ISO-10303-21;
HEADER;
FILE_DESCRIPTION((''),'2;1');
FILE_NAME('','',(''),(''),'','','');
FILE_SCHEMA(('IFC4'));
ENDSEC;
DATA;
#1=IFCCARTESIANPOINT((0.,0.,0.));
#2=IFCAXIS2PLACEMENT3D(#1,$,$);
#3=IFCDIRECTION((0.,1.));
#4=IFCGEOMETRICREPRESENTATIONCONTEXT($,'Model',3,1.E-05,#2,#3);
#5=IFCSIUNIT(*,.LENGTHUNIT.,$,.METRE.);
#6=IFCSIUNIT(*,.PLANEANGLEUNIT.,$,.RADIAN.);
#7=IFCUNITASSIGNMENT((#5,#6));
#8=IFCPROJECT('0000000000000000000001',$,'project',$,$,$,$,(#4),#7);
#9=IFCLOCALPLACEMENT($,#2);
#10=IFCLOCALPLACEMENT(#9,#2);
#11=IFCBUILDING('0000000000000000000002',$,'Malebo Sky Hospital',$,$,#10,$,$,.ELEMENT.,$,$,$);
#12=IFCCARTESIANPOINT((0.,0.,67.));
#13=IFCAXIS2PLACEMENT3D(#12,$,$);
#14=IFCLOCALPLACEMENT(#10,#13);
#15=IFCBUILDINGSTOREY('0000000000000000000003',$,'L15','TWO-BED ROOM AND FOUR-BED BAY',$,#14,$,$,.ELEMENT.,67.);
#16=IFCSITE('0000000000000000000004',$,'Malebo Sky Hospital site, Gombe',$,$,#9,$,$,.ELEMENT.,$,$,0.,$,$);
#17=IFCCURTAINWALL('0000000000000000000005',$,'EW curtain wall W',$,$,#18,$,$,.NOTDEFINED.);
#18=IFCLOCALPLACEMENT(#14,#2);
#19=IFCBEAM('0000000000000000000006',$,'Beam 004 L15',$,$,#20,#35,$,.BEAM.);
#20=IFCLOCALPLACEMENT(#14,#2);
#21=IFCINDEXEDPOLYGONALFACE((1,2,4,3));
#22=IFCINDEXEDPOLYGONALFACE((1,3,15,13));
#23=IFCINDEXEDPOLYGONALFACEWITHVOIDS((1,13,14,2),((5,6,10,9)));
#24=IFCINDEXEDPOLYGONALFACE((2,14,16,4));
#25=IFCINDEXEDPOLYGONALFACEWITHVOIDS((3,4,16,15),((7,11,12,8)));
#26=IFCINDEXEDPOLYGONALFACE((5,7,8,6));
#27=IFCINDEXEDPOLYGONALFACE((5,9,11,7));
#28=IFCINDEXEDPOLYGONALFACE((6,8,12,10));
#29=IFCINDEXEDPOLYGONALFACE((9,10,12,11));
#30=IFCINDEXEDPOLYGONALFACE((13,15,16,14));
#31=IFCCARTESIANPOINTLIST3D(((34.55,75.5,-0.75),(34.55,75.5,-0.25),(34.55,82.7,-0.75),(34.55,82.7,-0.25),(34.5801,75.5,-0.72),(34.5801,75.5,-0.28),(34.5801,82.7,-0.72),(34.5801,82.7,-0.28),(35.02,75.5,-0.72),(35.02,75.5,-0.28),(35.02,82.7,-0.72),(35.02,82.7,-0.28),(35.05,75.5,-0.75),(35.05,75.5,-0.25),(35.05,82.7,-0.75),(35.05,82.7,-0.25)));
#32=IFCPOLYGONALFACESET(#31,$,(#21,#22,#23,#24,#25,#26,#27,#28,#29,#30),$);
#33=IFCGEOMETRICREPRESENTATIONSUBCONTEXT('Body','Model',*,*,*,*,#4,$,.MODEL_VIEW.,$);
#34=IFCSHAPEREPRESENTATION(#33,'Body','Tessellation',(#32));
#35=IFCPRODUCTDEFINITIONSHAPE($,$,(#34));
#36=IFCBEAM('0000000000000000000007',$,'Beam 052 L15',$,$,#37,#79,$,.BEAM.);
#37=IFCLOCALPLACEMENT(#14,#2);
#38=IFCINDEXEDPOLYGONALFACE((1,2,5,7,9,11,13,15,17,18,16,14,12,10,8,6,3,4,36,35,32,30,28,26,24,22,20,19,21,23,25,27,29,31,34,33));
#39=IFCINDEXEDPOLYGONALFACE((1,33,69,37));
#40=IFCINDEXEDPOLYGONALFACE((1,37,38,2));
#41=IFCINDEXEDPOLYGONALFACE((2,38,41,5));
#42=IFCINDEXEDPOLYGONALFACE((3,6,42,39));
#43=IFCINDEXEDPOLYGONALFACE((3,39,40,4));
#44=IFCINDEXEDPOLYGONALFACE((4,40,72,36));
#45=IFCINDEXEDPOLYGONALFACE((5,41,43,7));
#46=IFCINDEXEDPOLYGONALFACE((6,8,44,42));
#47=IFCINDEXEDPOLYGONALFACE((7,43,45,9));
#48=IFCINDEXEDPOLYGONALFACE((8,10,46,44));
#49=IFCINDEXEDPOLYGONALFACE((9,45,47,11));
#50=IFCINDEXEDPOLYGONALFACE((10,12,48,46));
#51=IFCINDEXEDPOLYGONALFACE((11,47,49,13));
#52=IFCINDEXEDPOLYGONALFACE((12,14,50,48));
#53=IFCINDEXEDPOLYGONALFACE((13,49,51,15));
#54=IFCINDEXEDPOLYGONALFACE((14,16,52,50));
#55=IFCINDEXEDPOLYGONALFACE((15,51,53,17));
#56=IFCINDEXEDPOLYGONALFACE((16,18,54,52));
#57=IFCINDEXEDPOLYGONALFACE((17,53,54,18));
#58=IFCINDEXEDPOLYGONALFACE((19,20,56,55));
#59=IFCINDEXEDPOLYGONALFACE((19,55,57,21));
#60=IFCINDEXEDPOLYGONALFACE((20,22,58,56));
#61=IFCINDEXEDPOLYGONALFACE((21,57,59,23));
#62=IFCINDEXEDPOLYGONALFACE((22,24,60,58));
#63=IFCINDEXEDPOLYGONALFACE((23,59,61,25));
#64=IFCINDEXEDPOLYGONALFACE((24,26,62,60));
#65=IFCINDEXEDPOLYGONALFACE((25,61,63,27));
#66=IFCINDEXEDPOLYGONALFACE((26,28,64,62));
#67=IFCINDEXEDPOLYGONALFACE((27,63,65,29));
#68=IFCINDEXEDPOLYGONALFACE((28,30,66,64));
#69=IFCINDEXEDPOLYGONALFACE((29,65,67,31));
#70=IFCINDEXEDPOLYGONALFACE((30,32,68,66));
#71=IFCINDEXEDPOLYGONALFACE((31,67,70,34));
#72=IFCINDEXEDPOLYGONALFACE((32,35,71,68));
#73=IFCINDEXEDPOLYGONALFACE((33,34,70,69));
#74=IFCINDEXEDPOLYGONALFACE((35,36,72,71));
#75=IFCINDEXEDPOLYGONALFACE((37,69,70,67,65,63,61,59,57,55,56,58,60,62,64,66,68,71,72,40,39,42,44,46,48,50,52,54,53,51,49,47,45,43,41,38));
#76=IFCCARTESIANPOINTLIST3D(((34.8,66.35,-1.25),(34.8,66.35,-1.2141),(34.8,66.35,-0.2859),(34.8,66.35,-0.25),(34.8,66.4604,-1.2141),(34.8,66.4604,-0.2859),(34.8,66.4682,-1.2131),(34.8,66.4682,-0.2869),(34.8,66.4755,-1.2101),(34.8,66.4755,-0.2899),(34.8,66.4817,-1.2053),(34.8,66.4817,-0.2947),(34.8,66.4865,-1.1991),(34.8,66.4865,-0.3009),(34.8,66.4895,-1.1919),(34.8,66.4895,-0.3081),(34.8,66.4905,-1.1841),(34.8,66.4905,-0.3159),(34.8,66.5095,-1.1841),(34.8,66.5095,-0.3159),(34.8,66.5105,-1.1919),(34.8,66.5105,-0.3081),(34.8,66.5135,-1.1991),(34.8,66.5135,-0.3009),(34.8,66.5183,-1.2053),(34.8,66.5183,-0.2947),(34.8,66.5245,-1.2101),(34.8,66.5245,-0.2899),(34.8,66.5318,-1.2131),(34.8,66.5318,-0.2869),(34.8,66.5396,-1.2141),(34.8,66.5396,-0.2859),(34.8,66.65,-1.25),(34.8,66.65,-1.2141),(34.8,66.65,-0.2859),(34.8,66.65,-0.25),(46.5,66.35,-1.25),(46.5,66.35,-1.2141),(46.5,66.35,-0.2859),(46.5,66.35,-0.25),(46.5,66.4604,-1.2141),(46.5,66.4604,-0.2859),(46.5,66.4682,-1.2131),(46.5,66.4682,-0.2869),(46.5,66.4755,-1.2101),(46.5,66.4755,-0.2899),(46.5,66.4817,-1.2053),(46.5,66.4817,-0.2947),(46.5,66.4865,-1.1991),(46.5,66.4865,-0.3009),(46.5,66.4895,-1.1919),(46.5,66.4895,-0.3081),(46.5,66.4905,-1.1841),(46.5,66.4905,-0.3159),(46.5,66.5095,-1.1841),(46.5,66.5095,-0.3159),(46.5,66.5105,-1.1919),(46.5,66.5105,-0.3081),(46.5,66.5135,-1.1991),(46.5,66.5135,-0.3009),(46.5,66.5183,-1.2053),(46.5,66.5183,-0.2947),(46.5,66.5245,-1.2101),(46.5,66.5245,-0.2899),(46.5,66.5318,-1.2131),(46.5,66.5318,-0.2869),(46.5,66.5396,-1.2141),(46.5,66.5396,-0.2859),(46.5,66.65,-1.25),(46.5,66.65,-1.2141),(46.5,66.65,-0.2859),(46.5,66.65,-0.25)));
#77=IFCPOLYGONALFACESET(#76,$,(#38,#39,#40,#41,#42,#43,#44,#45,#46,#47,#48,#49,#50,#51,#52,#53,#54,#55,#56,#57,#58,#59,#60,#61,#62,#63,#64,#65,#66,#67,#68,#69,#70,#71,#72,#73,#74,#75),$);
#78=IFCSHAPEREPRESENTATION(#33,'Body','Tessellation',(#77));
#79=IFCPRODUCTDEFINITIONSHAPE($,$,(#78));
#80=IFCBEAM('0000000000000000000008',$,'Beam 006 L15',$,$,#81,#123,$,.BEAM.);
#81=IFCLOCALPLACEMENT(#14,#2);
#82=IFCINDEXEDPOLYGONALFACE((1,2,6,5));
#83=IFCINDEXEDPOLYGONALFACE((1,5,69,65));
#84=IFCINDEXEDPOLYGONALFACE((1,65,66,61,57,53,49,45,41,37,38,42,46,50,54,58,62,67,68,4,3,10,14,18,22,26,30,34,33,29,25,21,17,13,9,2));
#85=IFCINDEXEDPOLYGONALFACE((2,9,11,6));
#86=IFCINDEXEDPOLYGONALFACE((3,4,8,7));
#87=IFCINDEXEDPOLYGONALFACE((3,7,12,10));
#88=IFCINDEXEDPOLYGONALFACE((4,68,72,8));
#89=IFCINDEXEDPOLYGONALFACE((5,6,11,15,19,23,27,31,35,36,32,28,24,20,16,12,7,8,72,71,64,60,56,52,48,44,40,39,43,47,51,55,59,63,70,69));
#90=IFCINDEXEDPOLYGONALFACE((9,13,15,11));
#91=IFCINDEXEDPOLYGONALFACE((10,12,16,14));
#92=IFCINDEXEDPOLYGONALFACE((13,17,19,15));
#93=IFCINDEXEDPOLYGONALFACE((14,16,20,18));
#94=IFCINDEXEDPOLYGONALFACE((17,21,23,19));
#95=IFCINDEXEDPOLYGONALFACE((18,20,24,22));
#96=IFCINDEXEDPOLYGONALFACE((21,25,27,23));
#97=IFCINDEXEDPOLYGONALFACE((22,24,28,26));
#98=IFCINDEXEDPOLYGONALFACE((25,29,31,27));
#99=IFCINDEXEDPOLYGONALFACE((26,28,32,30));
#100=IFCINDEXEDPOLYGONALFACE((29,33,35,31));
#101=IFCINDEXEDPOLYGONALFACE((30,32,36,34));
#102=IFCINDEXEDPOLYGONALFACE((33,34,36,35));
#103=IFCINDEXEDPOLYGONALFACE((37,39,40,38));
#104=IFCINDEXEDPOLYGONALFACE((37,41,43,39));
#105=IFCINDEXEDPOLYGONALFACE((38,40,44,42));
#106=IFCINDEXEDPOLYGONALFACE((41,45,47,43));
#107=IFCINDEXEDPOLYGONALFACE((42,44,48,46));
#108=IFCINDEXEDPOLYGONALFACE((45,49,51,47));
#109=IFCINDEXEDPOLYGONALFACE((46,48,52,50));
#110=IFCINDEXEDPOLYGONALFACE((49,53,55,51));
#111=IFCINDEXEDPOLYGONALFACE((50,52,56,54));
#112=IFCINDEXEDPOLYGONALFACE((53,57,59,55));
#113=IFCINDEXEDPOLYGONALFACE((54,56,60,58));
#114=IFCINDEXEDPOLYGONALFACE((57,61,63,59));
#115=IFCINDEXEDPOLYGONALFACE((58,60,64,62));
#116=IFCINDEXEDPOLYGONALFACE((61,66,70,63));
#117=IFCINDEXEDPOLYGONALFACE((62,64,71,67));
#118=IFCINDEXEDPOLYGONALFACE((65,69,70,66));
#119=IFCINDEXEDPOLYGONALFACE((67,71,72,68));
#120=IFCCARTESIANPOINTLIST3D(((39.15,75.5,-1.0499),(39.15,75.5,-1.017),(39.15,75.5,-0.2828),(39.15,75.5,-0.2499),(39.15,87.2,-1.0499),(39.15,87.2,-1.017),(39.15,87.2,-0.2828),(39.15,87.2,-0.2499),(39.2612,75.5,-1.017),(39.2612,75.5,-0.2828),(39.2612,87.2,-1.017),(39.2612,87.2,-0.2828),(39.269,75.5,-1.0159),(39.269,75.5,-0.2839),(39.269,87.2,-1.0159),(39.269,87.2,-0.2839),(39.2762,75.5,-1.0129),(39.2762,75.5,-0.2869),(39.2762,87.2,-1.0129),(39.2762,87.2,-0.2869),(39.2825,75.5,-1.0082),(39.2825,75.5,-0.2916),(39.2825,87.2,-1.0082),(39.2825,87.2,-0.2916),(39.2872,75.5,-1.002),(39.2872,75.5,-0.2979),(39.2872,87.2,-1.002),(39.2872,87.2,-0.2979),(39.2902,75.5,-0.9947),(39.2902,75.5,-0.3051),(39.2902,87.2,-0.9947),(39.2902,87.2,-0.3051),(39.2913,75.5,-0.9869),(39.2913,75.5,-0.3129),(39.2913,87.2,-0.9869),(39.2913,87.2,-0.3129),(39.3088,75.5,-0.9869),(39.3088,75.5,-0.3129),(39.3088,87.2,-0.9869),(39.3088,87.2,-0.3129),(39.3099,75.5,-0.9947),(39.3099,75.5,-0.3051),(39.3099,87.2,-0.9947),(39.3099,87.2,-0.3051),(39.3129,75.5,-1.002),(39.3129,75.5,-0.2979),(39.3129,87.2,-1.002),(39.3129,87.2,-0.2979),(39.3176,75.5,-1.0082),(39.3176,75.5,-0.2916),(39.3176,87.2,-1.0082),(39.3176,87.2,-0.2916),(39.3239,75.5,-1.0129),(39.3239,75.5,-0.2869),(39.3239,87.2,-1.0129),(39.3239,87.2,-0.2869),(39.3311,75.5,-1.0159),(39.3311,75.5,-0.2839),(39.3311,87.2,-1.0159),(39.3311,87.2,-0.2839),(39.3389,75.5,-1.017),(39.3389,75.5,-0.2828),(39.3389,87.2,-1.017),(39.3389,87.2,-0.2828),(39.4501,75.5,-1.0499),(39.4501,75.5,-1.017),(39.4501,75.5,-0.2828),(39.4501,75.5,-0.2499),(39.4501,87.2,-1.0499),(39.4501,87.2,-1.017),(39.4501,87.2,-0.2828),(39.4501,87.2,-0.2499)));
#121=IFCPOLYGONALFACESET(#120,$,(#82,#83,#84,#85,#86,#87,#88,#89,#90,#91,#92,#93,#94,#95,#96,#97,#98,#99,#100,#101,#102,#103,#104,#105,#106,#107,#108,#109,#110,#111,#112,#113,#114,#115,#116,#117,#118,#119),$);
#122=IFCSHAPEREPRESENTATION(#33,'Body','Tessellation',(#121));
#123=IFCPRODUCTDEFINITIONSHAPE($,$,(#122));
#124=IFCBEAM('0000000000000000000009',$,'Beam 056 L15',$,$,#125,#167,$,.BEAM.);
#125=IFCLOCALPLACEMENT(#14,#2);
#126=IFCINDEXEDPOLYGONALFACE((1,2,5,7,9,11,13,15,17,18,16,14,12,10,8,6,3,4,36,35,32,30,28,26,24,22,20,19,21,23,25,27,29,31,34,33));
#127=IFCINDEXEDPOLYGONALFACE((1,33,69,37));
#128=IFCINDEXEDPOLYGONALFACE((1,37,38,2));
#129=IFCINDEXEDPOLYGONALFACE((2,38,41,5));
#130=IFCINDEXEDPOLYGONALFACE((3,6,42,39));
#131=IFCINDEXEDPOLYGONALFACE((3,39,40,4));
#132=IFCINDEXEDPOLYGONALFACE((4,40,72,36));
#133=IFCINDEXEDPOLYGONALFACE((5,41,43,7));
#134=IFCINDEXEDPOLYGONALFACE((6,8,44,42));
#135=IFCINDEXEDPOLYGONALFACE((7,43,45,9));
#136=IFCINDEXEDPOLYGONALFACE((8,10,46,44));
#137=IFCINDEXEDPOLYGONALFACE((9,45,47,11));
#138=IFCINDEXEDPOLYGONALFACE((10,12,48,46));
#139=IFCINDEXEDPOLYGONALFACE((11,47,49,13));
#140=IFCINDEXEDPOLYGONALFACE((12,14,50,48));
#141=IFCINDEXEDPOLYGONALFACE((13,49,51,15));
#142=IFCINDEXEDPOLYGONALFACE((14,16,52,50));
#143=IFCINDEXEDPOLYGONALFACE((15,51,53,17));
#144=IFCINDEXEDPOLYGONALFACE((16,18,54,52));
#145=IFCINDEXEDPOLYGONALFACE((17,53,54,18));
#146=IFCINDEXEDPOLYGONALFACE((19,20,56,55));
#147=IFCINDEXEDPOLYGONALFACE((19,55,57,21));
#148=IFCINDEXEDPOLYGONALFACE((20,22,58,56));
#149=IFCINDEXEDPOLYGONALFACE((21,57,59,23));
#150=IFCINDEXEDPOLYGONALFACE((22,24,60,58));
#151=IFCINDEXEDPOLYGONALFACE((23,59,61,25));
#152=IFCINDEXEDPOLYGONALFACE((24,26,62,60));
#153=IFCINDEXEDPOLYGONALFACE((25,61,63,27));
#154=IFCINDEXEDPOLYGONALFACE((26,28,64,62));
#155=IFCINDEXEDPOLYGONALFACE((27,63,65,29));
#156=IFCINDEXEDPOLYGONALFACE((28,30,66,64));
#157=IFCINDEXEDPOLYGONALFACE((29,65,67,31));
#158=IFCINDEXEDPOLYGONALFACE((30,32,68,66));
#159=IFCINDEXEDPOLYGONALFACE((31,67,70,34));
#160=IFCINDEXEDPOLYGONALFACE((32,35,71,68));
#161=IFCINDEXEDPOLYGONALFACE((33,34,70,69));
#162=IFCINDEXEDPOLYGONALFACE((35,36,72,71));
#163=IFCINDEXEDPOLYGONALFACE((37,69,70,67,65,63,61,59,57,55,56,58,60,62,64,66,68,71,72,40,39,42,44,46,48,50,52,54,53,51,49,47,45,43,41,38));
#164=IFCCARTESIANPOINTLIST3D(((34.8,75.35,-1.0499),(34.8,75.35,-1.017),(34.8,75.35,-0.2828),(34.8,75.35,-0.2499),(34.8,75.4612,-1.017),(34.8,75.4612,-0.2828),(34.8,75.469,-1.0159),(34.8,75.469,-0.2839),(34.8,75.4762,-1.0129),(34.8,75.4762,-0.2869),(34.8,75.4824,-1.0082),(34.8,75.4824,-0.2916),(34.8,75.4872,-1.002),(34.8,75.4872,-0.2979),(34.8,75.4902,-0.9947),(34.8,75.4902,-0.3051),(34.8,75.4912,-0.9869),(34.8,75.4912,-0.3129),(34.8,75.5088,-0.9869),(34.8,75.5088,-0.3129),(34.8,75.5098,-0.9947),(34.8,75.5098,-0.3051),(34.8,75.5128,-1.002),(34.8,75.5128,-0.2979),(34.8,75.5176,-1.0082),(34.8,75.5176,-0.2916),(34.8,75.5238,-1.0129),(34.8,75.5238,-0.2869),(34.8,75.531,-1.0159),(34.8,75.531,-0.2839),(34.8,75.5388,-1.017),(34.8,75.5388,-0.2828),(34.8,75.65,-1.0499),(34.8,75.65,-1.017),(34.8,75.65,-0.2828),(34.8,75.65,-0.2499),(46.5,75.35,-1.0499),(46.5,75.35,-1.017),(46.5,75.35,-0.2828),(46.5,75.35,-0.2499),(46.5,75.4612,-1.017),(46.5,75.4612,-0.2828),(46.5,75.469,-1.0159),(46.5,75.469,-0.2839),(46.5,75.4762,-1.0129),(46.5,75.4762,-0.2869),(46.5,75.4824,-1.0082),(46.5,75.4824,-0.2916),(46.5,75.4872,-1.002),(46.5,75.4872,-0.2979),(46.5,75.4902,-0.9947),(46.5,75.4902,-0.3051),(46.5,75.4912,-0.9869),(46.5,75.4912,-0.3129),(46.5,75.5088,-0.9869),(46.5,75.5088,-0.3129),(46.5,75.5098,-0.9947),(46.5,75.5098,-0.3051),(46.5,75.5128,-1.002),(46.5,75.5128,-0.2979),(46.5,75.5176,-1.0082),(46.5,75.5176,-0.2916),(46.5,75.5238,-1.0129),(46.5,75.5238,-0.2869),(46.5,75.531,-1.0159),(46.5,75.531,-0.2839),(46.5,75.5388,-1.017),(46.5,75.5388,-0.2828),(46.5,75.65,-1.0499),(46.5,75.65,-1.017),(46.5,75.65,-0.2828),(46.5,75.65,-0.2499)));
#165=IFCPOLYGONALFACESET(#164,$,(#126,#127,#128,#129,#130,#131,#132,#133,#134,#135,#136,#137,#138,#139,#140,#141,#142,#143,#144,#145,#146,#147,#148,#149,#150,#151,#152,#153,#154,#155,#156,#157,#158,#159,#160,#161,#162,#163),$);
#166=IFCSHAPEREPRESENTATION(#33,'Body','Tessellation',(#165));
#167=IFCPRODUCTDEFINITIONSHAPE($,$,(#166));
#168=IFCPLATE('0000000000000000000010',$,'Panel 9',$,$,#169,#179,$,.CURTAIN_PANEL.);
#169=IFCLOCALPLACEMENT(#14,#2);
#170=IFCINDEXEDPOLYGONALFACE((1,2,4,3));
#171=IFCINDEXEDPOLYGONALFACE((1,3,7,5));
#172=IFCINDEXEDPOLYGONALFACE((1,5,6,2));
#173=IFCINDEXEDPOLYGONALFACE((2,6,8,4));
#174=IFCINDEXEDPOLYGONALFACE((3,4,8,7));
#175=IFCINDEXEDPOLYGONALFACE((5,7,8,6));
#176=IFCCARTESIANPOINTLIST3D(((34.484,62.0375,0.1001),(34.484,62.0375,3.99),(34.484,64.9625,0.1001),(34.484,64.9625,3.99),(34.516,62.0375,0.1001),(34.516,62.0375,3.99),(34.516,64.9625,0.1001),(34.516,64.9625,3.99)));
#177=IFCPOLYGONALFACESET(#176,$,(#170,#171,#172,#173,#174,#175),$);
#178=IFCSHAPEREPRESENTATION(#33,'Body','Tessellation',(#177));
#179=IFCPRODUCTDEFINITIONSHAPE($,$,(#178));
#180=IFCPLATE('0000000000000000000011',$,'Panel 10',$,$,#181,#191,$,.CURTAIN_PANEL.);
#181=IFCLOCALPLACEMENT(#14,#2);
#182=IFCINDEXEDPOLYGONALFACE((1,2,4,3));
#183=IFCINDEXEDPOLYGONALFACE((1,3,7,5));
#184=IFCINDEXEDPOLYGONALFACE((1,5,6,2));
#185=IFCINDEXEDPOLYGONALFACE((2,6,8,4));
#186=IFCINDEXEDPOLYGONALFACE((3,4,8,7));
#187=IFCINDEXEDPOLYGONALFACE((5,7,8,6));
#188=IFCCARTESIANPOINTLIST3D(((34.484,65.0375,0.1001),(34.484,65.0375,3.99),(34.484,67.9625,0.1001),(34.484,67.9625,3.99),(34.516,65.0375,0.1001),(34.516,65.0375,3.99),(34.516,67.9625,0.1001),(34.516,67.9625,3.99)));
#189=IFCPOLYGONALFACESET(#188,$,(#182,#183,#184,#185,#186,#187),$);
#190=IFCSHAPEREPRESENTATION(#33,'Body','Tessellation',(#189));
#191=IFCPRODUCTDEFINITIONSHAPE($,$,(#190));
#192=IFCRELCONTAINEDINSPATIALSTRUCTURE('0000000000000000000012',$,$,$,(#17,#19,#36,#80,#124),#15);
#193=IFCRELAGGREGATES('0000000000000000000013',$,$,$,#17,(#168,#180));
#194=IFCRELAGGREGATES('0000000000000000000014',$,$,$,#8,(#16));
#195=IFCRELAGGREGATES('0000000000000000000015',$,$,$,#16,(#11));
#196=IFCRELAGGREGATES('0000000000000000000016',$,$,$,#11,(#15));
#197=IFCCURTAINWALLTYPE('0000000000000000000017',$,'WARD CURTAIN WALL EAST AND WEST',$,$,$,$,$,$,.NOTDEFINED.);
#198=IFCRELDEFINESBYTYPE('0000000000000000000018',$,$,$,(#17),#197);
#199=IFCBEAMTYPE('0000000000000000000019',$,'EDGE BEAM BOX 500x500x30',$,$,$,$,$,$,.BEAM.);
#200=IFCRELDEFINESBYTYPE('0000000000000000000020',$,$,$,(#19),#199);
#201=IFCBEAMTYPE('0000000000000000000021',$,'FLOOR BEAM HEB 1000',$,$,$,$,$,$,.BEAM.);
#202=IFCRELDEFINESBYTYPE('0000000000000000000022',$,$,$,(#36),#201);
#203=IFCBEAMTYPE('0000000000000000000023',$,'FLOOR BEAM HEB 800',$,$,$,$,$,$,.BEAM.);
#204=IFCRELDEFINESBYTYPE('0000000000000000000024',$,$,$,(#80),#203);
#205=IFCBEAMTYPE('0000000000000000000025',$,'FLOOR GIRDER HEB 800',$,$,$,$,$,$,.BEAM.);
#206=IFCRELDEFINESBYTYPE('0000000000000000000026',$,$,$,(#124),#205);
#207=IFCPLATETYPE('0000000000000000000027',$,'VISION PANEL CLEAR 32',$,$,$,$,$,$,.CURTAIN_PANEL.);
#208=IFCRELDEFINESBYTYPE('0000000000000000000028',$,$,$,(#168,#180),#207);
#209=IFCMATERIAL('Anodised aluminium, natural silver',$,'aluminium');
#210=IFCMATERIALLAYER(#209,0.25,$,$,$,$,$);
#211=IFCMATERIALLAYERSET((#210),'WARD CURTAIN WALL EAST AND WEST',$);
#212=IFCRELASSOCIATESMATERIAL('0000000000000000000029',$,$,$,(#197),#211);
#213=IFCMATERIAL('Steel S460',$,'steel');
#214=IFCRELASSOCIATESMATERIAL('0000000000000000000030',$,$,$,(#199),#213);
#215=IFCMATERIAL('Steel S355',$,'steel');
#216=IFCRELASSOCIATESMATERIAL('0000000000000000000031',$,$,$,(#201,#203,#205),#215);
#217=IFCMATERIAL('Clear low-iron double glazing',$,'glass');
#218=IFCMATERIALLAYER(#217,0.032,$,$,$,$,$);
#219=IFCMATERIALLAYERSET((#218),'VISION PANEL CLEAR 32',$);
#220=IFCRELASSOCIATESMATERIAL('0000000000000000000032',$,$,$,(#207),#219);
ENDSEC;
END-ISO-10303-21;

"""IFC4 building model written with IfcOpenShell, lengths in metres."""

from ifc_helpers import new_model, si_unit, direction, frame, origin, origin_2d, place, context, subcontext, project, spatial, rectangle, hollow_rectangle, i_section, extrude, material, layer, layer_set, material_profile, profile_set, type_object, element, aggregate, save


model = new_model("IFC4")

# Units and contexts
model_context = context("Model", 3, precision=1e-05, world=origin(), true_north=direction((0.0, 1.0)))
body_context = subcontext(model_context, "Body", "Model", "MODEL_VIEW")
ifc_project = project(units=[si_unit("LENGTHUNIT", "METRE"), si_unit("PLANEANGLEUNIT", "RADIAN")], contexts=[model_context])

# Site, building, storey
site_placement = place(None, origin())
site = spatial("IfcSite", under=ifc_project, at=site_placement, Name="Malebo Sky Hospital site, Gombe", CompositionType="ELEMENT", RefElevation=0.0)
building_placement = place(site_placement, origin())
building = spatial("IfcBuilding", under=site, at=building_placement, Name="Malebo Sky Hospital", CompositionType="ELEMENT")
storey_placement = place(building_placement, frame((0.0, 0.0, 67.0)))
storey = spatial("IfcBuildingStorey", under=building, at=storey_placement, Name="L15", Description="TWO-BED ROOM AND FOUR-BED BAY", CompositionType="ELEMENT", Elevation=67.0)

# Shared definitions
ifc_material_1 = material(Name="Steel S460", Category="steel")

# Curtain wall
ifc_material_2 = material(Name="Anodised aluminium, natural silver", Category="aluminium")
ifc_layer_1 = layer(ifc_material_2, 0.25)
ifc_layer_set_1 = layer_set([ifc_layer_1], Name="WARD CURTAIN WALL EAST AND WEST")
curtain_wall_type = type_object("IfcCurtainWallType", Name="WARD CURTAIN WALL EAST AND WEST", PredefinedType="NOTDEFINED", material=ifc_layer_set_1)
curtain_wall_placement = place(storey_placement, origin())
curtain_wall = element("IfcCurtainWall", 1, at=curtain_wall_placement, inside=storey, type_object=curtain_wall_type, Name="EW curtain wall W", PredefinedType="NOTDEFINED")

# Beams
ifc_material_profile_1 = material_profile(ifc_material_1, hollow_rectangle(XDim=0.5, YDim=0.5, WallThickness=0.03, at=origin_2d()), Name="BOX 500x500x30")
ifc_profile_set_1 = profile_set([ifc_material_profile_1], Name="Steel S460")
beam_type_1 = type_object("IfcBeamType", Name="EDGE BEAM BOX 500x500x30", PredefinedType="BEAM", material=ifc_profile_set_1)
beam_1_placement = place(storey_placement, frame((34.8, 75.5, -0.5), z_axis=(0.0, 1.0, 0.0), x_axis=(-1.0, 0.0, 0.0)))
element("IfcBeam", 2, at=beam_1_placement, inside=storey, type_object=beam_type_1, Name="Beam 004 L15", PredefinedType="BEAM", context=body_context, shape_type="SweptSolid", body=[
    extrude(hollow_rectangle(XDim=0.5, YDim=0.5, WallThickness=0.03, at=origin_2d()), origin(), (0.0, 0.0, 1.0), 7.2),
])
ifc_material_3 = material(Name="Steel S355", Category="steel")
ifc_material_profile_2 = material_profile(ifc_material_3, i_section(OverallWidth=0.3, OverallDepth=1.0, WebThickness=0.019, FlangeThickness=0.0359, FilletRadius=0.03, at=origin_2d()), Name="HEB 1000")
ifc_profile_set_2 = profile_set([ifc_material_profile_2], Name="Steel S355")
beam_type_2 = type_object("IfcBeamType", Name="FLOOR BEAM HEB 1000", PredefinedType="BEAM", material=ifc_profile_set_2)
beam_2_placement = place(storey_placement, frame((34.8, 66.5, -0.75), z_axis=(1.0, 0.0, 0.0), x_axis=(0.0, 1.0, 0.0)))
element("IfcBeam", 3, at=beam_2_placement, inside=storey, type_object=beam_type_2, Name="Beam 052 L15", PredefinedType="BEAM", context=body_context, shape_type="SweptSolid", body=[
    extrude(i_section(OverallWidth=0.3, OverallDepth=1.0, WebThickness=0.019, FlangeThickness=0.0359, FilletRadius=0.03, at=origin_2d()), origin(), (0.0, 0.0, 1.0), 11.7),
])
ifc_material_profile_3 = material_profile(ifc_material_3, i_section(OverallWidth=0.3, OverallDepth=0.8, WebThickness=0.0176, FlangeThickness=0.033, FilletRadius=0.03, at=origin_2d()), Name="HEB 800")
ifc_profile_set_3 = profile_set([ifc_material_profile_3], Name="Steel S355")
beam_type_3 = type_object("IfcBeamType", Name="FLOOR BEAM HEB 800", PredefinedType="BEAM", material=ifc_profile_set_3)
beam_3_placement = place(storey_placement, frame((39.3, 75.5, -0.6499), z_axis=(0.0, 1.0, 0.0), x_axis=(-1.0, 0.0, 0.0)))
element("IfcBeam", 4, at=beam_3_placement, inside=storey, type_object=beam_type_3, Name="Beam 006 L15", PredefinedType="BEAM", context=body_context, shape_type="SweptSolid", body=[
    extrude(i_section(OverallWidth=0.3, OverallDepth=0.8, WebThickness=0.0176, FlangeThickness=0.033, FilletRadius=0.03, at=origin_2d()), origin(), (0.0, 0.0, 1.0), 11.7),
])
ifc_material_profile_4 = material_profile(ifc_material_3, i_section(OverallWidth=0.3, OverallDepth=0.8, WebThickness=0.0176, FlangeThickness=0.033, FilletRadius=0.03, at=origin_2d()), Name="HEB 800")
ifc_profile_set_4 = profile_set([ifc_material_profile_4], Name="Steel S355")
beam_type_4 = type_object("IfcBeamType", Name="FLOOR GIRDER HEB 800", PredefinedType="BEAM", material=ifc_profile_set_4)
beam_4_placement = place(storey_placement, frame((34.8, 75.5, -0.6499), z_axis=(1.0, 0.0, 0.0), x_axis=(0.0, 1.0, 0.0)))
element("IfcBeam", 5, at=beam_4_placement, inside=storey, type_object=beam_type_4, Name="Beam 056 L15", PredefinedType="BEAM", context=body_context, shape_type="SweptSolid", body=[
    extrude(i_section(OverallWidth=0.3, OverallDepth=0.8, WebThickness=0.0176, FlangeThickness=0.033, FilletRadius=0.03, at=origin_2d()), origin(), (0.0, 0.0, 1.0), 11.7),
])

# Plates
ifc_material_4 = material(Name="Clear low-iron double glazing", Category="glass")
ifc_layer_2 = layer(ifc_material_4, 0.032)
ifc_layer_set_2 = layer_set([ifc_layer_2], Name="VISION PANEL CLEAR 32")
plate_type = type_object("IfcPlateType", Name="VISION PANEL CLEAR 32", PredefinedType="CURTAIN_PANEL", material=ifc_layer_set_2)
plate_1_placement = place(storey_placement, frame((34.5, 63.5, 0.1001), z_axis=(0.0, 0.0, 1.0), x_axis=(0.0, 1.0, 0.0)))
plate_1 = element("IfcPlate", 6, at=plate_1_placement, type_object=plate_type, Name="Panel 9", PredefinedType="CURTAIN_PANEL", context=body_context, shape_type="SweptSolid", body=[
    extrude(rectangle(XDim=2.925, YDim=0.032, at=origin_2d()), origin(), (0.0, 0.0, 1.0), 3.8899),
])
plate_2_placement = place(storey_placement, frame((34.5, 66.5, 0.1001), z_axis=(0.0, 0.0, 1.0), x_axis=(0.0, 1.0, 0.0)))
plate_2 = element("IfcPlate", 7, at=plate_2_placement, type_object=plate_type, Name="Panel 10", PredefinedType="CURTAIN_PANEL", context=body_context, shape_type="SweptSolid", body=[
    extrude(rectangle(XDim=2.925, YDim=0.032, at=origin_2d()), origin(), (0.0, 0.0, 1.0), 3.8899),
])
aggregate(curtain_wall, [plate_1, plate_2])

save(model, "model.ifc")
